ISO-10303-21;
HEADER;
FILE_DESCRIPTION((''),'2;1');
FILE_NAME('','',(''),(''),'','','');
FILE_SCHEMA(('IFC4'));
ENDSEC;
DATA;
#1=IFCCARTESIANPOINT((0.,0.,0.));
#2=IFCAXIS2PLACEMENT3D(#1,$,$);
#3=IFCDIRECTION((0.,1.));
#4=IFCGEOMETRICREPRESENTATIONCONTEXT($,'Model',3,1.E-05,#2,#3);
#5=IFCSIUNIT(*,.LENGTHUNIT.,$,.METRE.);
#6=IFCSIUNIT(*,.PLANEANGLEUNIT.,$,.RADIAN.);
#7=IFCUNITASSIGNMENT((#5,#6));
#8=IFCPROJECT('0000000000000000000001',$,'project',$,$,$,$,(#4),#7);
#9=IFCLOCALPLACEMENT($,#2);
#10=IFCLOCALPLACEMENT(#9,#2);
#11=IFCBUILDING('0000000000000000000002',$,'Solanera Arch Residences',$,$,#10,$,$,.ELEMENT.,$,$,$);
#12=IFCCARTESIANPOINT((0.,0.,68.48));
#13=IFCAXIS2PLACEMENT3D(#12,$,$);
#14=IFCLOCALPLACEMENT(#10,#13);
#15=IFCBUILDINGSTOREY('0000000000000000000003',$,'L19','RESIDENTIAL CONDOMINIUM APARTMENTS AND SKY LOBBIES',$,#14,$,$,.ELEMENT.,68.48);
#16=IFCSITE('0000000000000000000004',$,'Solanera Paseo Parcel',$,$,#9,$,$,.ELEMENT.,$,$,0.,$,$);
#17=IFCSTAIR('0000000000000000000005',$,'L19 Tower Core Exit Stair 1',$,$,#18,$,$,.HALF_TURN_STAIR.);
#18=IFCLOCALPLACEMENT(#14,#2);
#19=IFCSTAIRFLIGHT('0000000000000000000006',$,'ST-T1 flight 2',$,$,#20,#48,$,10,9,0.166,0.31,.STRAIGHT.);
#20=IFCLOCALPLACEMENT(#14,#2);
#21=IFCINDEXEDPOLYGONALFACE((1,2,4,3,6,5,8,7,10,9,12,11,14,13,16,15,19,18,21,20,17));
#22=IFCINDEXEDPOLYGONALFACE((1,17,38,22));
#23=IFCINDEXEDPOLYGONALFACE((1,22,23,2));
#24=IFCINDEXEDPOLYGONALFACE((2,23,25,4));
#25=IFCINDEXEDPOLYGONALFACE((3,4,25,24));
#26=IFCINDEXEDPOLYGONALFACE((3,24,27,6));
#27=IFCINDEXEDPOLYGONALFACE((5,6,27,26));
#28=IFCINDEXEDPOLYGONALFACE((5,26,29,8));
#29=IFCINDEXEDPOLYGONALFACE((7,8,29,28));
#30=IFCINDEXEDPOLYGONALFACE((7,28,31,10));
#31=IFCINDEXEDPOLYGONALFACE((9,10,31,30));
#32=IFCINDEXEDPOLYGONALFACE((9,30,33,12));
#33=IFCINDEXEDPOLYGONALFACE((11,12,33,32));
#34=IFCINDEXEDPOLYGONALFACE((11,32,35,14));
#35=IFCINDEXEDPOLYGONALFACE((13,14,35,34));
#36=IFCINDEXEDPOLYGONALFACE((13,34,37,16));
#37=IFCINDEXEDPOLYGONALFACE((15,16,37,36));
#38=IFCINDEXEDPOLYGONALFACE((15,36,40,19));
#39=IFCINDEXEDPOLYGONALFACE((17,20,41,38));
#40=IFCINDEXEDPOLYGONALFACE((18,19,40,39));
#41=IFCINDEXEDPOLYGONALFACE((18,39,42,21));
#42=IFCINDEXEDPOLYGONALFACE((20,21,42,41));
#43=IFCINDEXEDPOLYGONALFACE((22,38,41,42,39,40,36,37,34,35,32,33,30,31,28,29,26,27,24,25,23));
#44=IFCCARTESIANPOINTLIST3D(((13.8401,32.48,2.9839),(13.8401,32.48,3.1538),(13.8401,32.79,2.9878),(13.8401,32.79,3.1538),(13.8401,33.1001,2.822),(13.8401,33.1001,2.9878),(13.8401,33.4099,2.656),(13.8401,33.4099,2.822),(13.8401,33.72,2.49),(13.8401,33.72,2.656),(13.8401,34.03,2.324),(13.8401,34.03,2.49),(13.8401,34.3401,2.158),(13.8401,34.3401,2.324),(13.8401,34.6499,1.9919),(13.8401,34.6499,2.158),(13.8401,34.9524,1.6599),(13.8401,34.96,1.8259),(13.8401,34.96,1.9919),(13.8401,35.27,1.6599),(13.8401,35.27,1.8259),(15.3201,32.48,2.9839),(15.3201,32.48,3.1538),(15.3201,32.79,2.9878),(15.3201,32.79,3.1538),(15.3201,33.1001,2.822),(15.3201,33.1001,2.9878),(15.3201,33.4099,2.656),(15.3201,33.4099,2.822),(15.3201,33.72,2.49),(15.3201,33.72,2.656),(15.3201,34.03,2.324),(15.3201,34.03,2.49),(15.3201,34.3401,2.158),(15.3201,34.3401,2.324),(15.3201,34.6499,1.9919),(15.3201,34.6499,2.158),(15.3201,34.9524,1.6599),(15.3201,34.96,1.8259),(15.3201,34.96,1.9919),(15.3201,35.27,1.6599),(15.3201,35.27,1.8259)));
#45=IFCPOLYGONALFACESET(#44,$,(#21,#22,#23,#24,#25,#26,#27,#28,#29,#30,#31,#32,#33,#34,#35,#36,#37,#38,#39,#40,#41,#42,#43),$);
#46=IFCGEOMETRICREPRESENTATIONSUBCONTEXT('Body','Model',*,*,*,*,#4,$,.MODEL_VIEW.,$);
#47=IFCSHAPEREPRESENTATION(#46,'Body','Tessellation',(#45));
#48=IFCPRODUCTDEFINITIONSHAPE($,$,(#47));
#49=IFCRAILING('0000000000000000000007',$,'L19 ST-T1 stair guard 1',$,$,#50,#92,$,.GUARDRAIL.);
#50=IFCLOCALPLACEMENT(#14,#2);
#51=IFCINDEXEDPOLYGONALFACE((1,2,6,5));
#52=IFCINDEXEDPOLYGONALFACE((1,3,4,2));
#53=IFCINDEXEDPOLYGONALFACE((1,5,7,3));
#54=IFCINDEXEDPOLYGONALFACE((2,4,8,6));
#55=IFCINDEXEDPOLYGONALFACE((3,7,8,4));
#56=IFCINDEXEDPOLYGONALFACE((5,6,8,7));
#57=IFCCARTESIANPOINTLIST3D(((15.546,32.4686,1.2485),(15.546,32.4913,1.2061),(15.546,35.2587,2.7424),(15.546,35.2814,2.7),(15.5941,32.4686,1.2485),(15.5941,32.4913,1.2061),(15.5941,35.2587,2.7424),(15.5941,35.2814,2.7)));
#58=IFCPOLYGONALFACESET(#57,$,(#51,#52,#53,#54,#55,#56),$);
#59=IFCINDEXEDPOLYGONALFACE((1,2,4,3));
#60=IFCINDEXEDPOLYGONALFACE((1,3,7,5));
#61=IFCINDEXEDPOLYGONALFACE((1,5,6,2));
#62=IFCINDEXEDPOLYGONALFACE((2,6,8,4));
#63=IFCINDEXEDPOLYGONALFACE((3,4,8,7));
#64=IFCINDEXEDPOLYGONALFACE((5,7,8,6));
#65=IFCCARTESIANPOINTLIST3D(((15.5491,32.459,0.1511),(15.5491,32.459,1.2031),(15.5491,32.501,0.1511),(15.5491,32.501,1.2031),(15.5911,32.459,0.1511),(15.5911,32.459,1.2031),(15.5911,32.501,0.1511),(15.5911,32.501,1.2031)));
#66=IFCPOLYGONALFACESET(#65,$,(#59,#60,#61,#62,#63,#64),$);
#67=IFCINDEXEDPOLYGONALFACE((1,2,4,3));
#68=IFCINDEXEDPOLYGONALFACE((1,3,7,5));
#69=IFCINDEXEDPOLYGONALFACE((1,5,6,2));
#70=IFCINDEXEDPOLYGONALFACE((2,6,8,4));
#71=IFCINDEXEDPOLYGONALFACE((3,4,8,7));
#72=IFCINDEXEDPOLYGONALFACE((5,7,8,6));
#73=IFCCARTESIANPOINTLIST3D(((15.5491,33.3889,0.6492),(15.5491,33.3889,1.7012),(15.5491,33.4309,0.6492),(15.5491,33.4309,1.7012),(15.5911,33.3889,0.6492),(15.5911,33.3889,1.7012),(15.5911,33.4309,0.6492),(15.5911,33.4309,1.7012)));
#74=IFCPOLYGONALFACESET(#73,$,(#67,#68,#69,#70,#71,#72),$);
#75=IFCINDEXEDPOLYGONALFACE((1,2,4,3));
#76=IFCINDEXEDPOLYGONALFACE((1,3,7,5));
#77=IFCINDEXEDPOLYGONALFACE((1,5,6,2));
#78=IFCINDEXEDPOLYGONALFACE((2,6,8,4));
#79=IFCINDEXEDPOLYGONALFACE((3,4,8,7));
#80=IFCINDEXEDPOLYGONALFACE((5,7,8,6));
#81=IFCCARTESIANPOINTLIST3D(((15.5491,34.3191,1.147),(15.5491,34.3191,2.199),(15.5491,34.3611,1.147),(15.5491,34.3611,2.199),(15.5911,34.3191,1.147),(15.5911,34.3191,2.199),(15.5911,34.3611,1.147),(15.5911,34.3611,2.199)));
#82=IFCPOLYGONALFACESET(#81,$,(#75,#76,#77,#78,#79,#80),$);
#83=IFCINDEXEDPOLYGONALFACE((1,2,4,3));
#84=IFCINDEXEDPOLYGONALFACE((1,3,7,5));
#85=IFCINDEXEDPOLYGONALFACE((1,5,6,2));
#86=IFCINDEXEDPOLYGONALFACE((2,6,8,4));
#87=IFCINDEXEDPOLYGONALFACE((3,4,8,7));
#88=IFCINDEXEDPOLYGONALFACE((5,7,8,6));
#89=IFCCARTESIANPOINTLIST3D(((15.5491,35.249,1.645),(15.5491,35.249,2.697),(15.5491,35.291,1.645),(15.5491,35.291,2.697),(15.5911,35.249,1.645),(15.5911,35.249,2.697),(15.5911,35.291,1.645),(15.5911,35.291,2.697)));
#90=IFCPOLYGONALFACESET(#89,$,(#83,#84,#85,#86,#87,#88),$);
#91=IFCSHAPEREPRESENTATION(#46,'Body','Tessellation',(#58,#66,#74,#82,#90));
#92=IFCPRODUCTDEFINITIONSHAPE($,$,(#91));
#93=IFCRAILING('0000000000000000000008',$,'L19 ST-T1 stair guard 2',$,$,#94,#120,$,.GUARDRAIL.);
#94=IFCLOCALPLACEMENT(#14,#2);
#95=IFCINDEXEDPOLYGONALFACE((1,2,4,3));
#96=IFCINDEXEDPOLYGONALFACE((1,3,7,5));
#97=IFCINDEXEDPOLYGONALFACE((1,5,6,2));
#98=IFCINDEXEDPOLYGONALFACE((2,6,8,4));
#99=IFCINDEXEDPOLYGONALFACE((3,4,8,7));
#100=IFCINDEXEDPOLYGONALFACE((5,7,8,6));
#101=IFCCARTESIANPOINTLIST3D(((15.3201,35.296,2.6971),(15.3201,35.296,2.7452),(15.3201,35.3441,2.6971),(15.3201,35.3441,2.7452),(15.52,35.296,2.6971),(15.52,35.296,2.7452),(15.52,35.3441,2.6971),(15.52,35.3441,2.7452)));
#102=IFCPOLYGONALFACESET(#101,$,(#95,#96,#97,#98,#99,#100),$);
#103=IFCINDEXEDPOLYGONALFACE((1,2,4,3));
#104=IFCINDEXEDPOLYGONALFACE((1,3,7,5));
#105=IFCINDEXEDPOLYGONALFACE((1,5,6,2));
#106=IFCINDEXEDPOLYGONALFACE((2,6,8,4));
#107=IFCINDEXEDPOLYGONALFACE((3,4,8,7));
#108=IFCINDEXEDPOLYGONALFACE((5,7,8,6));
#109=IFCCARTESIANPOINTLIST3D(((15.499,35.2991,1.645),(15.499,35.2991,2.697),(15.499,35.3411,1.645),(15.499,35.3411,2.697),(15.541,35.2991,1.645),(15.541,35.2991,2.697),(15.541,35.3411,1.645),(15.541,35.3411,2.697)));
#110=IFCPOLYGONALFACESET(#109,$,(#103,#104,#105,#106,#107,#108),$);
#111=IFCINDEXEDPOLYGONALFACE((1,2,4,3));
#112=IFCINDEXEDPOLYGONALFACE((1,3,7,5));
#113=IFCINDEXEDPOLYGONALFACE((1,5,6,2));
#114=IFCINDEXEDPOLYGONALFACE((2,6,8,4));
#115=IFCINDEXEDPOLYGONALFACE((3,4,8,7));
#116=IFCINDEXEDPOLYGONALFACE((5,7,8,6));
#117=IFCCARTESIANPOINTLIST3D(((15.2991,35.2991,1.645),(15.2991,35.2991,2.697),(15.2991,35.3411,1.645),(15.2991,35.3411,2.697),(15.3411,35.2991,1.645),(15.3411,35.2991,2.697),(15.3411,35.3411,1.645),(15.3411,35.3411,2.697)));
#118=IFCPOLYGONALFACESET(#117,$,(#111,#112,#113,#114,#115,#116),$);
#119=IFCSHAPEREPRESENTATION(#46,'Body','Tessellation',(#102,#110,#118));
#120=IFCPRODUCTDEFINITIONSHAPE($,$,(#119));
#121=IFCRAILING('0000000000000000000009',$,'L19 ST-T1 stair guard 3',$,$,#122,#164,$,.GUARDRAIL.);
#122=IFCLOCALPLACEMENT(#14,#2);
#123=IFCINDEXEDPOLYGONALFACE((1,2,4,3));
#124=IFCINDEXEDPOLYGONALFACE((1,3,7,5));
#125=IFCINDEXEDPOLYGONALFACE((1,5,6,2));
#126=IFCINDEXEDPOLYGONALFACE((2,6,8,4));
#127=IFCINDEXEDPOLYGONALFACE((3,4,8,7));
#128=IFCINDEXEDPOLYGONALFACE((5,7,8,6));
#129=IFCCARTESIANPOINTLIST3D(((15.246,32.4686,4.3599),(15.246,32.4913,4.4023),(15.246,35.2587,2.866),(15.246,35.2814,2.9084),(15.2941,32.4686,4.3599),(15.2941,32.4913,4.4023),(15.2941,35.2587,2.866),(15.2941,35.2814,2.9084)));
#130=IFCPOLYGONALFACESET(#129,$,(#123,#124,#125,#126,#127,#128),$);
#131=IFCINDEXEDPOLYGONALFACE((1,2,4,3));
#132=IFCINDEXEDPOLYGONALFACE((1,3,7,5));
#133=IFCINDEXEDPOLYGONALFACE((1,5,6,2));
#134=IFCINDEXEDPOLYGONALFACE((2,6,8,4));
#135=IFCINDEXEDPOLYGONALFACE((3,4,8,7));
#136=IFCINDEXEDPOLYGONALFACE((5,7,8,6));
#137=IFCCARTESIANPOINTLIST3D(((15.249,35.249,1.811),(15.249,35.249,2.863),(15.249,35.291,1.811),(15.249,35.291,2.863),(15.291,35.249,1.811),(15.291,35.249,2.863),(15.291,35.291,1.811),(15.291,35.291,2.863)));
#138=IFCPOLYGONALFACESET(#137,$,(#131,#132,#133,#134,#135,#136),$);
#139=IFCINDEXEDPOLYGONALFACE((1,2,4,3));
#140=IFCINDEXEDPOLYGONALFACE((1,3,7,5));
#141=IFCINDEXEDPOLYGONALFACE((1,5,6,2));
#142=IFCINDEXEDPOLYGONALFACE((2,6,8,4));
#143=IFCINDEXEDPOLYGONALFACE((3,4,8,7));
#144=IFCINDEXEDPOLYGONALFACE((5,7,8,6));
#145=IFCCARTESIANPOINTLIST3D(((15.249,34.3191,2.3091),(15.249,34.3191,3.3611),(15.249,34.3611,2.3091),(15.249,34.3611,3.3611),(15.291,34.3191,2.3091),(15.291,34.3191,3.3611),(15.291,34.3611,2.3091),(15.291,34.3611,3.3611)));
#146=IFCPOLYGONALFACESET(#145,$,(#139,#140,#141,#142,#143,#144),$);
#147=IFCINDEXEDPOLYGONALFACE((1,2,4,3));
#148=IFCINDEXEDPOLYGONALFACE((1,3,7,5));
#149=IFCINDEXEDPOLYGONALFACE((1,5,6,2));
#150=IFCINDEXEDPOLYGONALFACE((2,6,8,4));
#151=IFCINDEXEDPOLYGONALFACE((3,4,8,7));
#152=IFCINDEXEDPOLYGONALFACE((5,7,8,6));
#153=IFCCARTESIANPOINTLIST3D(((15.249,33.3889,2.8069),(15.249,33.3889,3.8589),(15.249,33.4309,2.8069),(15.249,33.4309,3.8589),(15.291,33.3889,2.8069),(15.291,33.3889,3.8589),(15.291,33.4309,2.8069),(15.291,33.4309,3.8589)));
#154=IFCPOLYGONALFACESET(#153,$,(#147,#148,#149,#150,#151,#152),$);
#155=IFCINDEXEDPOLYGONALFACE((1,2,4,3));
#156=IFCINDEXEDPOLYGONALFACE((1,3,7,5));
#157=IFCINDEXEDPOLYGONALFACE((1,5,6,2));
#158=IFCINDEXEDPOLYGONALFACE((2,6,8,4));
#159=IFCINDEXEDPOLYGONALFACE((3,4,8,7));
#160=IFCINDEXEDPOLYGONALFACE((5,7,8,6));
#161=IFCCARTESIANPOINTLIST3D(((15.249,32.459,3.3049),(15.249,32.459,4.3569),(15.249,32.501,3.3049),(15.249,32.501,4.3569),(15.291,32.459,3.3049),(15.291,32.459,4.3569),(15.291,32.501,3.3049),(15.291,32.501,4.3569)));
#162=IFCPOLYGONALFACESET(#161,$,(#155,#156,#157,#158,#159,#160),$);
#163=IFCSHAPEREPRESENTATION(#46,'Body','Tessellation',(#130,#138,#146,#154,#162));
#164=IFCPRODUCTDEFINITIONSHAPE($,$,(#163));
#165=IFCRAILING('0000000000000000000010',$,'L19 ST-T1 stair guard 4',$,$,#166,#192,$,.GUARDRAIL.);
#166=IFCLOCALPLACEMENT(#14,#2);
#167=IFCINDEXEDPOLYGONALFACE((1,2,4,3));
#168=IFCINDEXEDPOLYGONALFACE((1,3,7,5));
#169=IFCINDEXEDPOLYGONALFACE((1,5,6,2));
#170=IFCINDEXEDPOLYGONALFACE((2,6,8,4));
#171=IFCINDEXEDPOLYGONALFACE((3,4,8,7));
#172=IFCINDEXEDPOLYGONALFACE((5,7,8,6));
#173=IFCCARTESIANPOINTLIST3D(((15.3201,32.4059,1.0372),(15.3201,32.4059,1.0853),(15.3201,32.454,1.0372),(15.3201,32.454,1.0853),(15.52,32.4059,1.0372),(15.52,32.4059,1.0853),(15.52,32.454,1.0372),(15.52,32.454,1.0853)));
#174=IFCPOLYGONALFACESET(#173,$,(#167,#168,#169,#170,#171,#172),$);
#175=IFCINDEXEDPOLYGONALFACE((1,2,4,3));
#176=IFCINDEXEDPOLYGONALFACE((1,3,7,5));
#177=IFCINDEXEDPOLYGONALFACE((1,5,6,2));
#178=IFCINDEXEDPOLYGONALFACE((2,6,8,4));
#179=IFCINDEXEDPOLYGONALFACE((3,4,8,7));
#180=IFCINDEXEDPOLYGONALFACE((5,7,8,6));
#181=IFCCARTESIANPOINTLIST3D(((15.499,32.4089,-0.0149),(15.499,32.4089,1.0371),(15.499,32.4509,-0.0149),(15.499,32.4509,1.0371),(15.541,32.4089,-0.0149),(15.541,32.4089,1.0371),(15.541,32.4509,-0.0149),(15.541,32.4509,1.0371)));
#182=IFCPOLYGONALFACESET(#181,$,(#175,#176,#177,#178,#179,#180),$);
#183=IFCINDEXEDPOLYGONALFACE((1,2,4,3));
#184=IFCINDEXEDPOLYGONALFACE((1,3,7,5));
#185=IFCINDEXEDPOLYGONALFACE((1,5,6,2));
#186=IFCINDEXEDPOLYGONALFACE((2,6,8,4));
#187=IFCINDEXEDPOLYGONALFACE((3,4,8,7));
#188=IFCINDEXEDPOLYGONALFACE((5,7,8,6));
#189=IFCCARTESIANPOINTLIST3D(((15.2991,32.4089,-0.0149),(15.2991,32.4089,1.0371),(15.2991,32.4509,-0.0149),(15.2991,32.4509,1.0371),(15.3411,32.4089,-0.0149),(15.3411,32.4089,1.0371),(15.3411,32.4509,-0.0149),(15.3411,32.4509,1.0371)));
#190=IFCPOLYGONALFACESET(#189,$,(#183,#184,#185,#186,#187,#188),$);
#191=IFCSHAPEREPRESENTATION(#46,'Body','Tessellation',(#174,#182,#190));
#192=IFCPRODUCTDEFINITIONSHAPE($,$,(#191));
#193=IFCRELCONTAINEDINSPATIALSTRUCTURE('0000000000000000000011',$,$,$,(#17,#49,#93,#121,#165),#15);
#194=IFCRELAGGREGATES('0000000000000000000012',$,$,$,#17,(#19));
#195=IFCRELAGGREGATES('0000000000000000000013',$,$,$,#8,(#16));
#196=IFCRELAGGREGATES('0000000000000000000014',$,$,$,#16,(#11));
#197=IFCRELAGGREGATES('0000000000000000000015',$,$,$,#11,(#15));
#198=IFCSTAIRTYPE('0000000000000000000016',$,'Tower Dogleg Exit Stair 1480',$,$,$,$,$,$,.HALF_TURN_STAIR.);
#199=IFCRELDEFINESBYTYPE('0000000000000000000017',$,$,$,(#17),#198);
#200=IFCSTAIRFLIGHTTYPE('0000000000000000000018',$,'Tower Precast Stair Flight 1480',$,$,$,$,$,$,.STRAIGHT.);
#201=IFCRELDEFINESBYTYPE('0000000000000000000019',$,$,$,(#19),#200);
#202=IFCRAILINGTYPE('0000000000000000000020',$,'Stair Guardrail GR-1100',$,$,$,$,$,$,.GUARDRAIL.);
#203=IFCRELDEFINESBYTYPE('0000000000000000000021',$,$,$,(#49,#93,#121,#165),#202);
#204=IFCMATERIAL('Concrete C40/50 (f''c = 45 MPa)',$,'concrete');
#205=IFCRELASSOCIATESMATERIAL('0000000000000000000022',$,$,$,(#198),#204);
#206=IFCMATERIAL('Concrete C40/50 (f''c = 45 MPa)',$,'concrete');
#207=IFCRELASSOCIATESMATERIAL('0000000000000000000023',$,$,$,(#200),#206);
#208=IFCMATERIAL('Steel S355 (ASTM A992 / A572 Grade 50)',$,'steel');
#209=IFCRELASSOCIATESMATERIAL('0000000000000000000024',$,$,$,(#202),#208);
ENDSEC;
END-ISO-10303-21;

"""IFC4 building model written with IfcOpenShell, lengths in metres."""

from ifc_helpers import new_model, si_unit, direction, frame, origin, origin_2d, place, context, subcontext, project, spatial, polyline, rectangle, outline, extrude, material, type_object, element, aggregate, save


model = new_model("IFC4")

# Units and contexts
model_context = context("Model", 3, precision=1e-05, world=origin(), true_north=direction((0.0, 1.0)))
body_context = subcontext(model_context, "Body", "Model", "MODEL_VIEW")
ifc_project = project(units=[si_unit("LENGTHUNIT", "METRE"), si_unit("PLANEANGLEUNIT", "RADIAN")], contexts=[model_context])

# Site, building, storey
site_placement = place(None, origin())
site = spatial("IfcSite", under=ifc_project, at=site_placement, Name="Solanera Paseo Parcel", CompositionType="ELEMENT", RefElevation=0.0)
building_placement = place(site_placement, origin())
building = spatial("IfcBuilding", under=site, at=building_placement, Name="Solanera Arch Residences", CompositionType="ELEMENT")
storey_placement = place(building_placement, frame((0.0, 0.0, 68.48)))
storey = spatial("IfcBuildingStorey", under=building, at=storey_placement, Name="L19", Description="RESIDENTIAL CONDOMINIUM APARTMENTS AND SKY LOBBIES", CompositionType="ELEMENT", Elevation=68.48)

# Stair, stair flight
ifc_material_1 = material(Name="Concrete C40/50 (f'c = 45 MPa)", Category="concrete")
stair_type = type_object("IfcStairType", Name="Tower Dogleg Exit Stair 1480", PredefinedType="HALF_TURN_STAIR", material=ifc_material_1)
stair_placement = place(storey_placement, origin())
stair = element("IfcStair", 1, at=stair_placement, inside=storey, type_object=stair_type, Name="L19 Tower Core Exit Stair 1", PredefinedType="HALF_TURN_STAIR")
ifc_material_2 = material(Name="Concrete C40/50 (f'c = 45 MPa)", Category="concrete")
stair_flight_type = type_object("IfcStairFlightType", Name="Tower Precast Stair Flight 1480", PredefinedType="STRAIGHT", material=ifc_material_2)
stair_flight_1_placement = place(storey_placement, frame((14.5801, 35.27, 1.6599), z_axis=(0.0, 0.0, 1.0), x_axis=(0.0, -1.0, 0.0)))
stair_flight_1 = element("IfcStairFlight", 2, at=stair_flight_1_placement, type_object=stair_flight_type, Name="ST-T1 flight 2", NumberOfRisers=10, NumberOfTreads=9, PredefinedType="STRAIGHT", RiserHeight=0.166, TreadLength=0.31, context=body_context, shape_type="SweptSolid", body=[
    extrude(outline(polyline([(0.0, 0.0), (0.0, 0.166), (0.3101, 0.166), (0.3101, 0.332), (0.6201, 0.332), (0.6201, 0.498), (0.9299, 0.498), (0.9299, 0.6641), (1.24, 0.6641), (1.24, 0.8301), (1.55, 0.8301), (1.55, 0.9961), (1.8601, 0.9961), (1.8601, 1.1621), (2.1699, 1.1621), (2.1699, 1.3279), (2.48, 1.3279), (2.48, 1.4939), (2.79, 1.4939), (2.79, 1.6599), (2.79, 1.324), (0.3176, 0.0), (0.0, 0.0)])), frame((0.0, 0.74, 0.0), z_axis=(0.0, -1.0, 0.0), x_axis=(1.0, 0.0, 0.0)), (0.0, 0.0, 1.0), 1.48),
])
aggregate(stair, [stair_flight_1])

# Railings
ifc_material_3 = material(Name="Steel S355 (ASTM A992 / A572 Grade 50)", Category="steel")
railing_type_1 = type_object("IfcRailingType", Name="Stair Guardrail GR-1100", PredefinedType="GUARDRAIL", material=ifc_material_3)
railing_1_placement = place(storey_placement, frame((15.5701, 32.48, 0.1511)))
element("IfcRailing", 3, at=railing_1_placement, inside=storey, type_object=railing_type_1, Name="L19 ST-T1 stair guard 1", PredefinedType="GUARDRAIL", context=body_context, shape_type="SweptSolid", body=[
    extrude(rectangle(XDim=0.0481, YDim=0.0481, at=origin_2d()), frame((0.0, 0.0, 1.0762), z_axis=(0.0, 0.881581, 0.472033), x_axis=(-1.0, 0.0, 0.0)), (0.0, 0.0, 1.0), 3.1648),
    extrude(rectangle(XDim=0.042, YDim=0.042, at=origin_2d()), origin(), (0.0, 0.0, 1.0), 1.052),
    extrude(rectangle(XDim=0.042, YDim=0.042, at=origin_2d()), frame((0.0, 0.9299, 0.498)), (0.0, 0.0, 1.0), 1.052),
    extrude(rectangle(XDim=0.042, YDim=0.042, at=origin_2d()), frame((0.0, 1.8601, 0.9958)), (0.0, 0.0, 1.0), 1.052),
    extrude(rectangle(XDim=0.042, YDim=0.042, at=origin_2d()), frame((0.0, 2.79, 1.4939)), (0.0, 0.0, 1.0), 1.052),
])
railing_2_placement = place(storey_placement, frame((15.52, 35.3201, 1.645)))
element("IfcRailing", 4, at=railing_2_placement, inside=storey, type_object=railing_type_1, Name="L19 ST-T1 stair guard 2", PredefinedType="GUARDRAIL", context=body_context, shape_type="SweptSolid", body=[
    extrude(rectangle(XDim=0.0481, YDim=0.0481, at=origin_2d()), frame((0.0, 0.0, 1.0762), z_axis=(-1.0, 0.0, 0.0), x_axis=(0.0, -1.0, 0.0)), (0.0, 0.0, 1.0), 0.2),
    extrude(rectangle(XDim=0.042, YDim=0.042, at=origin_2d()), origin(), (0.0, 0.0, 1.0), 1.052),
    extrude(rectangle(XDim=0.042, YDim=0.042, at=origin_2d()), frame((-0.2, 0.0, 0.0)), (0.0, 0.0, 1.0), 1.052),
])
railing_3_placement = place(storey_placement, frame((15.27, 35.27, 1.811)))
element("IfcRailing", 5, at=railing_3_placement, inside=storey, type_object=railing_type_1, Name="L19 ST-T1 stair guard 3", PredefinedType="GUARDRAIL", context=body_context, shape_type="SweptSolid", body=[
    extrude(rectangle(XDim=0.0481, YDim=0.0481, at=origin_2d()), frame((0.0, 0.0, 1.0762), z_axis=(0.0, -0.881581, 0.472033), x_axis=(1.0, 0.0, 0.0)), (0.0, 0.0, 1.0), 3.1648),
    extrude(rectangle(XDim=0.042, YDim=0.042, at=origin_2d()), origin(), (0.0, 0.0, 1.0), 1.052),
    extrude(rectangle(XDim=0.042, YDim=0.042, at=origin_2d()), frame((0.0, -0.9299, 0.498)), (0.0, 0.0, 1.0), 1.052),
    extrude(rectangle(XDim=0.042, YDim=0.042, at=origin_2d()), frame((0.0, -1.8601, 0.9958)), (0.0, 0.0, 1.0), 1.052),
    extrude(rectangle(XDim=0.042, YDim=0.042, at=origin_2d()), frame((0.0, -2.79, 1.4939)), (0.0, 0.0, 1.0), 1.052),
])
railing_4_placement = place(storey_placement, frame((15.52, 32.4299, -0.0149)))
element("IfcRailing", 6, at=railing_4_placement, inside=storey, type_object=railing_type_1, Name="L19 ST-T1 stair guard 4", PredefinedType="GUARDRAIL", context=body_context, shape_type="SweptSolid", body=[
    extrude(rectangle(XDim=0.0481, YDim=0.0481, at=origin_2d()), frame((0.0, 0.0, 1.0762), z_axis=(-1.0, 0.0, 0.0), x_axis=(0.0, -1.0, 0.0)), (0.0, 0.0, 1.0), 0.2),
    extrude(rectangle(XDim=0.042, YDim=0.042, at=origin_2d()), origin(), (0.0, 0.0, 1.0), 1.052),
    extrude(rectangle(XDim=0.042, YDim=0.042, at=origin_2d()), frame((-0.2, 0.0, 0.0)), (0.0, 0.0, 1.0), 1.052),
])

save(model, "model.ifc")
